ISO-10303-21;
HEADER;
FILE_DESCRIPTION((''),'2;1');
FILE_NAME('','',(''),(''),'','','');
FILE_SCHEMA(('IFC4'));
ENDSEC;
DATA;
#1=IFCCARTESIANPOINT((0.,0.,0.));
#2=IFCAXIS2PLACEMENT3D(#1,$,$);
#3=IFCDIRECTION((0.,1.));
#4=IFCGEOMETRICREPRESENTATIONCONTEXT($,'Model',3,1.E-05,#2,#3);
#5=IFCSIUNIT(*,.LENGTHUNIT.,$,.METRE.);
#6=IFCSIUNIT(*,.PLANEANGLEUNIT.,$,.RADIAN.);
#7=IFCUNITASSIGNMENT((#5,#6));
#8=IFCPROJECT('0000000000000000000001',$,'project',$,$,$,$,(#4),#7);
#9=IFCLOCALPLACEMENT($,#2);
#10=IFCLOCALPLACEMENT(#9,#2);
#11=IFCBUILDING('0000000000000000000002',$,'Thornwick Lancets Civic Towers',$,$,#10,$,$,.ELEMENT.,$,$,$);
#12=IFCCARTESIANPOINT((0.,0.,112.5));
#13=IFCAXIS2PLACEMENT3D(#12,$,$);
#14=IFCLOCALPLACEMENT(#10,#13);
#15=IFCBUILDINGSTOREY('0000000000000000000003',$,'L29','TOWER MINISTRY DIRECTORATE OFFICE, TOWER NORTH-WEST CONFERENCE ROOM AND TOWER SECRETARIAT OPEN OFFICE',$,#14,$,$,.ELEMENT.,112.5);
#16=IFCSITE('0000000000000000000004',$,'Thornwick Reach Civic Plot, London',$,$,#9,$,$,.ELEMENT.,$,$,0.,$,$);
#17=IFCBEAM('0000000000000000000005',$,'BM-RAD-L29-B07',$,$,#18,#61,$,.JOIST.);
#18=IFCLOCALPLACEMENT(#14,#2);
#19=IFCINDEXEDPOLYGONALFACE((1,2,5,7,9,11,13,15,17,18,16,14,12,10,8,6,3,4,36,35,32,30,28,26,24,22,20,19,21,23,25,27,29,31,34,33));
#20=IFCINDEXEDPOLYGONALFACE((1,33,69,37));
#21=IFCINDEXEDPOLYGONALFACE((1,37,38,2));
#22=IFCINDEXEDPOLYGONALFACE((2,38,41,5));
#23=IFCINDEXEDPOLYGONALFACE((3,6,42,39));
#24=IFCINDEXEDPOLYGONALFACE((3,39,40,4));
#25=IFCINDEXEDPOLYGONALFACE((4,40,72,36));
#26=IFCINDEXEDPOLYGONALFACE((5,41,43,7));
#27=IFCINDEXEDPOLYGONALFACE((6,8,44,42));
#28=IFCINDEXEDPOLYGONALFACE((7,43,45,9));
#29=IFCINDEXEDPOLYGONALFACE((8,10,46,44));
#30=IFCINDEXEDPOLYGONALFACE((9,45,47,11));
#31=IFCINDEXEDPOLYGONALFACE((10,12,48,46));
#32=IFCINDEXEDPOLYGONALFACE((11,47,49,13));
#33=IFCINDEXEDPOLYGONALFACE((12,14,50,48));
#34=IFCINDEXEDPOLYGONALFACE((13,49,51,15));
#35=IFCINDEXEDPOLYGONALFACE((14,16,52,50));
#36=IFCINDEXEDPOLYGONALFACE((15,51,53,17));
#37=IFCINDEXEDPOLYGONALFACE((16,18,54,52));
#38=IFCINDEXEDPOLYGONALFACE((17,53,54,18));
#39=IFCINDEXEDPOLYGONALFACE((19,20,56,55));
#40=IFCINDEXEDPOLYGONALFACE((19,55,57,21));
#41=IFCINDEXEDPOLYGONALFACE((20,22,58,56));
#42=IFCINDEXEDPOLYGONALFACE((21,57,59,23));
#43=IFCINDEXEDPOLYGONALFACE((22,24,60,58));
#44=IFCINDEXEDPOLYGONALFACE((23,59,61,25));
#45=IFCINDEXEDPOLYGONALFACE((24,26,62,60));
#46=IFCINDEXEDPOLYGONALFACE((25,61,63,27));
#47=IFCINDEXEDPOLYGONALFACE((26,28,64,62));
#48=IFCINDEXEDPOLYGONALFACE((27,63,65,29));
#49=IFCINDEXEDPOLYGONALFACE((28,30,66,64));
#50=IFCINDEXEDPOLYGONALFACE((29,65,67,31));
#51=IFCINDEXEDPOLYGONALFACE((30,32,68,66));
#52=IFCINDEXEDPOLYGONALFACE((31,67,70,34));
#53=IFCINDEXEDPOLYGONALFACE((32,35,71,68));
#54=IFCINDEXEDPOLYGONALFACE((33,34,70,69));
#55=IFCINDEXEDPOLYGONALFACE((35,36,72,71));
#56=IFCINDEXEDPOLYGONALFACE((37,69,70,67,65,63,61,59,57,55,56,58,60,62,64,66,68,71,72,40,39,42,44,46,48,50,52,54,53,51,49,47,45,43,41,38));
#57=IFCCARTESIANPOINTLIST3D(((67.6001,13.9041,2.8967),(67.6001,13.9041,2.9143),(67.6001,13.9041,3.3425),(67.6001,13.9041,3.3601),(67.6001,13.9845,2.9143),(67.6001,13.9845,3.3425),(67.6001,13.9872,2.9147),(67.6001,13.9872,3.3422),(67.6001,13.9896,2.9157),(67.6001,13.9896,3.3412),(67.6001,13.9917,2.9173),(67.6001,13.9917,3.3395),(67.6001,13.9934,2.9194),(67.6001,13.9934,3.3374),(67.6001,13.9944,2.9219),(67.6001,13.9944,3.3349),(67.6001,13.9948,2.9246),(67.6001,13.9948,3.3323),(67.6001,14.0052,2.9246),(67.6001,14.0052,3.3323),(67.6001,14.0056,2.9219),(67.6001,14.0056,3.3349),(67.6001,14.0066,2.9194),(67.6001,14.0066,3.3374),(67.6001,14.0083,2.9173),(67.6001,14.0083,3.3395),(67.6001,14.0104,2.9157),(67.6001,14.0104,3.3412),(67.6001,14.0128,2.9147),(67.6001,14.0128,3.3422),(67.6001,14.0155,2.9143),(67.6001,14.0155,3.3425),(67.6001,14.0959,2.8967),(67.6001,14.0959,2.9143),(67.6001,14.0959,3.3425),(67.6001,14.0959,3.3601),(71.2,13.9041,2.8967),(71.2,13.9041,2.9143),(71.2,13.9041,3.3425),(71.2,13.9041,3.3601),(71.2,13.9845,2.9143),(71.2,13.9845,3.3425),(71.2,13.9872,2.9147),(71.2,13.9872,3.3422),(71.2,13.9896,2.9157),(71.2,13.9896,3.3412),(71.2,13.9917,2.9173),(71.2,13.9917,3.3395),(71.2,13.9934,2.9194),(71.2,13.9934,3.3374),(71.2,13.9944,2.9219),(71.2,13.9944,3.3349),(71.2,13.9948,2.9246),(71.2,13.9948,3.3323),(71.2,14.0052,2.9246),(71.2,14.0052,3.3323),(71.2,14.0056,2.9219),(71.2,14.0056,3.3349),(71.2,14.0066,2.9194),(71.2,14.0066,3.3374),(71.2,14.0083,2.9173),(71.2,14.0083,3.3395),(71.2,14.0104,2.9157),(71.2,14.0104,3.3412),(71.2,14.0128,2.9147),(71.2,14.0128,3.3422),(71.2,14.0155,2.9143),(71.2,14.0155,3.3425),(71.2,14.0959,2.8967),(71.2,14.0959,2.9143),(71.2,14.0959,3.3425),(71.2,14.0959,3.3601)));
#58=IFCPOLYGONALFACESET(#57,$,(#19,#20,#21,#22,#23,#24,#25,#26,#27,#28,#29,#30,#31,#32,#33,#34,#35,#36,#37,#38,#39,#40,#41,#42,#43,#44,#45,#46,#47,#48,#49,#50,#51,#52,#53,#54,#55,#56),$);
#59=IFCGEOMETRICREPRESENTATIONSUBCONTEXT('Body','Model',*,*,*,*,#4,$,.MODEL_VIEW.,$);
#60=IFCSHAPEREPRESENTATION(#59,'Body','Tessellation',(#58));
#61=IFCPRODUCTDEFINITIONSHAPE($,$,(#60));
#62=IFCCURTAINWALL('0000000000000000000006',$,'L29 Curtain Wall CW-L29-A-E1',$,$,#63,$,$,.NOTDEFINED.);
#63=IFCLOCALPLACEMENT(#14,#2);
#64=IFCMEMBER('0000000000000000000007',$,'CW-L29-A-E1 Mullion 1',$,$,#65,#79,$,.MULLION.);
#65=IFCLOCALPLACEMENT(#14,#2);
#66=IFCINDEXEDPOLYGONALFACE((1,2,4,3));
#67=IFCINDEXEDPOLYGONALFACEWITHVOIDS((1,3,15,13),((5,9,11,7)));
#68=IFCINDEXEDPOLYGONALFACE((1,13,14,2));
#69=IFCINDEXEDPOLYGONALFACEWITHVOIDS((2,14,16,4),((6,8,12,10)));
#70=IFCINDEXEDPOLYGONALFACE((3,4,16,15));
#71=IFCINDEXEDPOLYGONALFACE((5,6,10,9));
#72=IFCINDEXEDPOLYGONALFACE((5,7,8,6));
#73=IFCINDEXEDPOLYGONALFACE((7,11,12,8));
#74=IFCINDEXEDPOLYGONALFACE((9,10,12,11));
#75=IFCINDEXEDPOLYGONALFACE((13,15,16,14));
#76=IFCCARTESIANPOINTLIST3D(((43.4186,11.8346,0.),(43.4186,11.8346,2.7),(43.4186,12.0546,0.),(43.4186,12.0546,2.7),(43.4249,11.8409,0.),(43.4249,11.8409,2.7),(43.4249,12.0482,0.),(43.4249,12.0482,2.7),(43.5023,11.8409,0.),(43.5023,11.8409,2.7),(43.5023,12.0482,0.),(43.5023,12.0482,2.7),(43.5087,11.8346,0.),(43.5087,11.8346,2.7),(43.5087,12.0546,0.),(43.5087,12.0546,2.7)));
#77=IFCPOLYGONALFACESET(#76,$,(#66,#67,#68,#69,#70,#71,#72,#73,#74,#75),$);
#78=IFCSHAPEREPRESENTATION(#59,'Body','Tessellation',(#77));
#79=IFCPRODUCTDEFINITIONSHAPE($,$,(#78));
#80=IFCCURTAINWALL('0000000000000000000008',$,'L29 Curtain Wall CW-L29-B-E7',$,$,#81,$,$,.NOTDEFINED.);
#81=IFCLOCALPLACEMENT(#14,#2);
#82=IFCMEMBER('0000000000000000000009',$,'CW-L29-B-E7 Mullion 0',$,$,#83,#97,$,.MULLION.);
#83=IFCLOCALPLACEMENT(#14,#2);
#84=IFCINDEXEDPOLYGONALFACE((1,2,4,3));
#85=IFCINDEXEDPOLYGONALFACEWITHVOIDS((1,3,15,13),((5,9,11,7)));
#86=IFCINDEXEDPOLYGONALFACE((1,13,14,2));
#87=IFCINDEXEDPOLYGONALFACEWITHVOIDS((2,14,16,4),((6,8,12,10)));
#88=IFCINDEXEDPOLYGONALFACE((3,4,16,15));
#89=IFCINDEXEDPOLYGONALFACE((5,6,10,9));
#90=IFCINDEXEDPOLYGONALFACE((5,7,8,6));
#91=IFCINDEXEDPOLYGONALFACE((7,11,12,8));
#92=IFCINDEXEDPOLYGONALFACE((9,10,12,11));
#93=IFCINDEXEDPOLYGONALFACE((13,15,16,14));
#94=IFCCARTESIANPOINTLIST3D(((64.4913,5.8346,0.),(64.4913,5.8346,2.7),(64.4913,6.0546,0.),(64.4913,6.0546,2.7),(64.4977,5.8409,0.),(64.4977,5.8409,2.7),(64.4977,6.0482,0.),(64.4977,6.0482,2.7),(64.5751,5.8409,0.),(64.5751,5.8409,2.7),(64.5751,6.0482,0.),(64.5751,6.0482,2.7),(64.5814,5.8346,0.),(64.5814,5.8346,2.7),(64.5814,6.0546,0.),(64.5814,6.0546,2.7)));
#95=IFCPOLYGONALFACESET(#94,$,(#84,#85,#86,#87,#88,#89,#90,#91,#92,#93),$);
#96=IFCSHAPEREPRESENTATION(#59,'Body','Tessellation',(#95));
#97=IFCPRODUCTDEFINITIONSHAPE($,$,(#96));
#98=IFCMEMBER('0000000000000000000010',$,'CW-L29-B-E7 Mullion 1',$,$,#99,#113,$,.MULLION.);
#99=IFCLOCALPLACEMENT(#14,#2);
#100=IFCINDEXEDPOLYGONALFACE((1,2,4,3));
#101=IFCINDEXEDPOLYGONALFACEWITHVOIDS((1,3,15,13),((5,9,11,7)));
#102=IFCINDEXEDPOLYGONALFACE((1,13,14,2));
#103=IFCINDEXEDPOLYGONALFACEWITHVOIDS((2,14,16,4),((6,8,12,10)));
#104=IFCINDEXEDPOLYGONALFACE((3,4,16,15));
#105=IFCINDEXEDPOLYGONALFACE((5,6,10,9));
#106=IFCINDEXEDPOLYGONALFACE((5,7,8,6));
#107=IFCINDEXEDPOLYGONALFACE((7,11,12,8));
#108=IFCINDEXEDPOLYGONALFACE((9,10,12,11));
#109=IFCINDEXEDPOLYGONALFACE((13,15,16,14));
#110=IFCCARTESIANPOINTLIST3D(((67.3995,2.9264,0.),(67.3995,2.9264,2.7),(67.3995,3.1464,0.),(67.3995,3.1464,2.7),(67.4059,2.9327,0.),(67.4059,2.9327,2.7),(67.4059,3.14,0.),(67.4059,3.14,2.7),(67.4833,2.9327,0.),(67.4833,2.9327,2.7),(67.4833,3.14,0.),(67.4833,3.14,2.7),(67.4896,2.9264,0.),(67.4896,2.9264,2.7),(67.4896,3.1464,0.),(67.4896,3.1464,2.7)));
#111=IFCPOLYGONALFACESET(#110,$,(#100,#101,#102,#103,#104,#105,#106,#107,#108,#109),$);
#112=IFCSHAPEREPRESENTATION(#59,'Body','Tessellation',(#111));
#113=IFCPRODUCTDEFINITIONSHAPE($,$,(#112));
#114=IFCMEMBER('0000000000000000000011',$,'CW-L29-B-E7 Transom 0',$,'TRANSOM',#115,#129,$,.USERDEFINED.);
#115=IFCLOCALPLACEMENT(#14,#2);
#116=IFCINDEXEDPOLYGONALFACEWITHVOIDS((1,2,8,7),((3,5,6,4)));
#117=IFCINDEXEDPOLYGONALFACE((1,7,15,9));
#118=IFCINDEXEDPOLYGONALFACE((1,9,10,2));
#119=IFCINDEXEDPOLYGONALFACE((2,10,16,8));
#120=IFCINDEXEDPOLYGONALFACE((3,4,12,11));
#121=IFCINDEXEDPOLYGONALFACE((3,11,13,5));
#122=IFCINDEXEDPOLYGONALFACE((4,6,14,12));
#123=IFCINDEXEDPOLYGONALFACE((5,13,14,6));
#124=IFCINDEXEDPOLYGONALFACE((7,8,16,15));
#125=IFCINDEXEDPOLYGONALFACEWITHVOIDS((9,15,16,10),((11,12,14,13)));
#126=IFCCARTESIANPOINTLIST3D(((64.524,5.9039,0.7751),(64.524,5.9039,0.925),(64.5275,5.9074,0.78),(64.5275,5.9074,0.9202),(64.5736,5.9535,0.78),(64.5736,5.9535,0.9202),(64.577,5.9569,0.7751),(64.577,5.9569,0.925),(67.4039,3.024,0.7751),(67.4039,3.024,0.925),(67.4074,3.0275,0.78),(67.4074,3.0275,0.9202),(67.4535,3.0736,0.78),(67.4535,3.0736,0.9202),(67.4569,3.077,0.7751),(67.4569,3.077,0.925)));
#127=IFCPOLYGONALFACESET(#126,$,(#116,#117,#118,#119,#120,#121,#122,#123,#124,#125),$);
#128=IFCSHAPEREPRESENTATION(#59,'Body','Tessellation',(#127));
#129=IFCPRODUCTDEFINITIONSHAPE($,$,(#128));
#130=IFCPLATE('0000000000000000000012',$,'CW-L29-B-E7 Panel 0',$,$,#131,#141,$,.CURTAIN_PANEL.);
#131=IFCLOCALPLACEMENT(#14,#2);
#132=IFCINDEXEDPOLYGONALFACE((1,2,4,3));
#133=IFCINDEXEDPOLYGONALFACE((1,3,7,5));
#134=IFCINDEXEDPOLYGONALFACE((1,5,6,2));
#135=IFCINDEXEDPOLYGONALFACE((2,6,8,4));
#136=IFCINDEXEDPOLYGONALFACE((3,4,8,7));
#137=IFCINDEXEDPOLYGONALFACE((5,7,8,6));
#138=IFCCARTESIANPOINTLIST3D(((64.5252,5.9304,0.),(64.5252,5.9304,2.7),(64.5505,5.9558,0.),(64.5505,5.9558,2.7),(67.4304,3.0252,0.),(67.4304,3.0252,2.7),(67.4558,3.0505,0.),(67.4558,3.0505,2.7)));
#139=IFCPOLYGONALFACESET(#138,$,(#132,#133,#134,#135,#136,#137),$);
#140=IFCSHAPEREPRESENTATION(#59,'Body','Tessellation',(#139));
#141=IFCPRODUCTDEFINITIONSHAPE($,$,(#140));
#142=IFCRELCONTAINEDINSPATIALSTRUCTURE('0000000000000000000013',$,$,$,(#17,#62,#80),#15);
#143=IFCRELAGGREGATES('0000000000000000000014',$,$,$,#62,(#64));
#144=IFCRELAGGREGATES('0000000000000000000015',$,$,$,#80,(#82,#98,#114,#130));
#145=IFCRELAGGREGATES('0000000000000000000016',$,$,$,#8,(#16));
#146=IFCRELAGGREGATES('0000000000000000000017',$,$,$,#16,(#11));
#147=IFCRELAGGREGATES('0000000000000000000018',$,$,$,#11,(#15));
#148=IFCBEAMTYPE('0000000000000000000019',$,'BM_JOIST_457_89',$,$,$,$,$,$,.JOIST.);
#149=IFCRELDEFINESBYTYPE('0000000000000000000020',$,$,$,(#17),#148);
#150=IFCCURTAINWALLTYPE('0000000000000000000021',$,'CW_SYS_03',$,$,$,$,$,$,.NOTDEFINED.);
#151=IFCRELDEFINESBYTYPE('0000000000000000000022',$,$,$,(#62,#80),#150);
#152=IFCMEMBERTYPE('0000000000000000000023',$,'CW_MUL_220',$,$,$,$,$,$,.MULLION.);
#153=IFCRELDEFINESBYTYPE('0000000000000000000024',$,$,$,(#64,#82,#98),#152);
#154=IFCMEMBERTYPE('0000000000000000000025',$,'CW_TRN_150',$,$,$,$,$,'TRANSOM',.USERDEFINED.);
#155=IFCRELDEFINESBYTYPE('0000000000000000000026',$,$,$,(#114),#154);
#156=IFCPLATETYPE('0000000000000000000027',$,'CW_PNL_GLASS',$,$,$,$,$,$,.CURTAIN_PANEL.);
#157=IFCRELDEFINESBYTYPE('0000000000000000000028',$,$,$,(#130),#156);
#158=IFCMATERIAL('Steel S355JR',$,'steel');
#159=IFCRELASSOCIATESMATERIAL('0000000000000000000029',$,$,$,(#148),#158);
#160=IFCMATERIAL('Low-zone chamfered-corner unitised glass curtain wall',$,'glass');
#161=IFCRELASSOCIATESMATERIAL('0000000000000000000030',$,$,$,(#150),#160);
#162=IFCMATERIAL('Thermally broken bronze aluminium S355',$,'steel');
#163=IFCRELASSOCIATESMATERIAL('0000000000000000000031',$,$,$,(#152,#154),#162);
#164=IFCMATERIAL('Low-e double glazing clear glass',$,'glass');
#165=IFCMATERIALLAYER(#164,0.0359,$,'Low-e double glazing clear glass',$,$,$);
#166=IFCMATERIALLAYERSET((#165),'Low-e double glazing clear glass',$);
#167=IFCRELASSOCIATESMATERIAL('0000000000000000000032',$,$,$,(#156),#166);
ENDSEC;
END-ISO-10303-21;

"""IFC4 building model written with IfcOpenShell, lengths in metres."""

from ifc_helpers import new_model, si_unit, direction, frame, origin, origin_2d, place, context, subcontext, project, spatial, rectangle, hollow_rectangle, i_section, extrude, material, layer, layer_set, material_profile, profile_set, type_object, element, aggregate, save


model = new_model("IFC4")

# Units and contexts
model_context = context("Model", 3, precision=1e-05, world=origin(), true_north=direction((0.0, 1.0)))
body_context = subcontext(model_context, "Body", "Model", "MODEL_VIEW")
ifc_project = project(units=[si_unit("LENGTHUNIT", "METRE"), si_unit("PLANEANGLEUNIT", "RADIAN")], contexts=[model_context])

# Site, building, storey
site_placement = place(None, origin())
site = spatial("IfcSite", under=ifc_project, at=site_placement, Name="Thornwick Reach Civic Plot, London", CompositionType="ELEMENT", RefElevation=0.0)
building_placement = place(site_placement, origin())
building = spatial("IfcBuilding", under=site, at=building_placement, Name="Thornwick Lancets Civic Towers", CompositionType="ELEMENT")
storey_placement = place(building_placement, frame((0.0, 0.0, 112.5)))
storey = spatial("IfcBuildingStorey", under=building, at=storey_placement, Name="L29", Description="TOWER MINISTRY DIRECTORATE OFFICE, TOWER NORTH-WEST CONFERENCE ROOM AND TOWER SECRETARIAT OPEN OFFICE", CompositionType="ELEMENT", Elevation=112.5)

# Beam
ifc_material_1 = material(Name="Steel S355JR", Category="steel")
ifc_material_profile_1 = material_profile(ifc_material_1, i_section(OverallWidth=0.1919, OverallDepth=0.4634, WebThickness=0.0105, FlangeThickness=0.0176, FilletRadius=0.0103, at=origin_2d()), Name="UKB 457x191x89")
ifc_profile_set_1 = profile_set([ifc_material_profile_1], Name="Steel S355JR")
beam_type_1 = type_object("IfcBeamType", Name="BM_JOIST_457_89", PredefinedType="JOIST", material=ifc_profile_set_1)
beam_1_placement = place(storey_placement, frame((71.2, 14.0, 3.1284), z_axis=(-1.0, 0.0, 0.0), x_axis=(0.0, -1.0, 0.0)))
element("IfcBeam", 1, at=beam_1_placement, inside=storey, type_object=beam_type_1, Name="BM-RAD-L29-B07", PredefinedType="JOIST", context=body_context, shape_type="SweptSolid", body=[
    extrude(i_section(OverallWidth=0.1919, OverallDepth=0.4634, WebThickness=0.0105, FlangeThickness=0.0176, FilletRadius=0.0103, at=origin_2d()), origin(), (0.0, 0.0, 1.0), 3.5999),
])

# Curtain wall, member
ifc_material_2 = material(Name="Low-zone chamfered-corner unitised glass curtain wall", Category="glass")
curtain_wall_type = type_object("IfcCurtainWallType", Name="CW_SYS_03", PredefinedType="NOTDEFINED", material=ifc_material_2)
curtain_wall_1_placement = place(storey_placement, origin())
curtain_wall_1 = element("IfcCurtainWall", 2, at=curtain_wall_1_placement, inside=storey, type_object=curtain_wall_type, Name="L29 Curtain Wall CW-L29-A-E1", PredefinedType="NOTDEFINED")
ifc_material_3 = material(Name="Thermally broken bronze aluminium S355", Category="steel")
ifc_material_profile_2 = material_profile(ifc_material_3, hollow_rectangle(XDim=0.0901, YDim=0.22, WallThickness=0.0063, at=origin_2d()), Name="RHS 220x90x6.3")
ifc_profile_set_2 = profile_set([ifc_material_profile_2], Name="Thermally broken bronze aluminium S355")
member_type_1 = type_object("IfcMemberType", Name="CW_MUL_220", PredefinedType="MULLION", material=ifc_profile_set_2)
member_1_placement = place(storey_placement, frame((43.4636, 11.9446, 0.0), z_axis=(0.0, 0.0, 1.0), x_axis=(1.0, 0.0, 0.0)))
member_1 = element("IfcMember", 3, at=member_1_placement, type_object=member_type_1, Name="CW-L29-A-E1 Mullion 1", PredefinedType="MULLION", context=body_context, shape_type="SweptSolid", body=[
    extrude(hollow_rectangle(XDim=0.0901, YDim=0.22, WallThickness=0.0063, at=origin_2d()), origin(), (0.0, 0.0, 1.0), 2.7),
])
aggregate(curtain_wall_1, [member_1])

# Curtain wall, members, plate
curtain_wall_2_placement = place(storey_placement, origin())
curtain_wall_2 = element("IfcCurtainWall", 4, at=curtain_wall_2_placement, inside=storey, type_object=curtain_wall_type, Name="L29 Curtain Wall CW-L29-B-E7", PredefinedType="NOTDEFINED")
member_2_placement = place(storey_placement, frame((64.5364, 5.9446, 0.0), z_axis=(0.0, 0.0, 1.0), x_axis=(1.0, 0.0, 0.0)))
member_2 = element("IfcMember", 5, at=member_2_placement, type_object=member_type_1, Name="CW-L29-B-E7 Mullion 0", PredefinedType="MULLION", context=body_context, shape_type="SweptSolid", body=[
    extrude(hollow_rectangle(XDim=0.0901, YDim=0.22, WallThickness=0.0063, at=origin_2d()), origin(), (0.0, 0.0, 1.0), 2.7),
])
member_3_placement = place(storey_placement, frame((67.4446, 3.0364, 0.0), z_axis=(0.0, 0.0, 1.0), x_axis=(1.0, 0.0, 0.0)))
member_3 = element("IfcMember", 6, at=member_3_placement, type_object=member_type_1, Name="CW-L29-B-E7 Mullion 1", PredefinedType="MULLION", context=body_context, shape_type="SweptSolid", body=[
    extrude(hollow_rectangle(XDim=0.0901, YDim=0.22, WallThickness=0.0063, at=origin_2d()), origin(), (0.0, 0.0, 1.0), 2.7),
])
ifc_material_profile_3 = material_profile(ifc_material_3, hollow_rectangle(XDim=0.075, YDim=0.1499, WallThickness=0.0049, at=origin_2d()), Name="RHS 150x75x5")
ifc_profile_set_3 = profile_set([ifc_material_profile_3], Name="Thermally broken bronze aluminium S355")
member_type_2 = type_object("IfcMemberType", Name="CW_TRN_150", ElementType="TRANSOM", PredefinedType="USERDEFINED", material=ifc_profile_set_3)
member_4_placement = place(storey_placement, frame((64.5505, 5.9304, 0.8501), z_axis=(0.707107, -0.707107, 0.0), x_axis=(0.707107, 0.707107, 0.0)))
member_4 = element("IfcMember", 7, at=member_4_placement, type_object=member_type_2, Name="CW-L29-B-E7 Transom 0", ObjectType="TRANSOM", PredefinedType="USERDEFINED", context=body_context, shape_type="SweptSolid", body=[
    extrude(hollow_rectangle(XDim=0.075, YDim=0.1499, WallThickness=0.0049, at=origin_2d()), origin(), (0.0, 0.0, 1.0), 4.0728),
])
ifc_material_4 = material(Name="Low-e double glazing clear glass", Category="glass")
ifc_layer_1 = layer(ifc_material_4, 0.0359, Name="Low-e double glazing clear glass")
ifc_layer_set_1 = layer_set([ifc_layer_1], Name="Low-e double glazing clear glass")
plate_type = type_object("IfcPlateType", Name="CW_PNL_GLASS", PredefinedType="CURTAIN_PANEL", material=ifc_layer_set_1)
plate_placement = place(storey_placement, frame((65.9905, 4.4905, 0.0), z_axis=(0.0, 0.0, 1.0), x_axis=(0.707107, -0.707107, 0.0)))
plate = element("IfcPlate", 8, at=plate_placement, type_object=plate_type, Name="CW-L29-B-E7 Panel 0", PredefinedType="CURTAIN_PANEL", context=body_context, shape_type="SweptSolid", body=[
    extrude(rectangle(XDim=4.1086, YDim=0.0359, at=origin_2d()), origin(), (0.0, 0.0, 1.0), 2.7),
])
aggregate(curtain_wall_2, [member_2, member_3, member_4, plate])

save(model, "model.ifc")
